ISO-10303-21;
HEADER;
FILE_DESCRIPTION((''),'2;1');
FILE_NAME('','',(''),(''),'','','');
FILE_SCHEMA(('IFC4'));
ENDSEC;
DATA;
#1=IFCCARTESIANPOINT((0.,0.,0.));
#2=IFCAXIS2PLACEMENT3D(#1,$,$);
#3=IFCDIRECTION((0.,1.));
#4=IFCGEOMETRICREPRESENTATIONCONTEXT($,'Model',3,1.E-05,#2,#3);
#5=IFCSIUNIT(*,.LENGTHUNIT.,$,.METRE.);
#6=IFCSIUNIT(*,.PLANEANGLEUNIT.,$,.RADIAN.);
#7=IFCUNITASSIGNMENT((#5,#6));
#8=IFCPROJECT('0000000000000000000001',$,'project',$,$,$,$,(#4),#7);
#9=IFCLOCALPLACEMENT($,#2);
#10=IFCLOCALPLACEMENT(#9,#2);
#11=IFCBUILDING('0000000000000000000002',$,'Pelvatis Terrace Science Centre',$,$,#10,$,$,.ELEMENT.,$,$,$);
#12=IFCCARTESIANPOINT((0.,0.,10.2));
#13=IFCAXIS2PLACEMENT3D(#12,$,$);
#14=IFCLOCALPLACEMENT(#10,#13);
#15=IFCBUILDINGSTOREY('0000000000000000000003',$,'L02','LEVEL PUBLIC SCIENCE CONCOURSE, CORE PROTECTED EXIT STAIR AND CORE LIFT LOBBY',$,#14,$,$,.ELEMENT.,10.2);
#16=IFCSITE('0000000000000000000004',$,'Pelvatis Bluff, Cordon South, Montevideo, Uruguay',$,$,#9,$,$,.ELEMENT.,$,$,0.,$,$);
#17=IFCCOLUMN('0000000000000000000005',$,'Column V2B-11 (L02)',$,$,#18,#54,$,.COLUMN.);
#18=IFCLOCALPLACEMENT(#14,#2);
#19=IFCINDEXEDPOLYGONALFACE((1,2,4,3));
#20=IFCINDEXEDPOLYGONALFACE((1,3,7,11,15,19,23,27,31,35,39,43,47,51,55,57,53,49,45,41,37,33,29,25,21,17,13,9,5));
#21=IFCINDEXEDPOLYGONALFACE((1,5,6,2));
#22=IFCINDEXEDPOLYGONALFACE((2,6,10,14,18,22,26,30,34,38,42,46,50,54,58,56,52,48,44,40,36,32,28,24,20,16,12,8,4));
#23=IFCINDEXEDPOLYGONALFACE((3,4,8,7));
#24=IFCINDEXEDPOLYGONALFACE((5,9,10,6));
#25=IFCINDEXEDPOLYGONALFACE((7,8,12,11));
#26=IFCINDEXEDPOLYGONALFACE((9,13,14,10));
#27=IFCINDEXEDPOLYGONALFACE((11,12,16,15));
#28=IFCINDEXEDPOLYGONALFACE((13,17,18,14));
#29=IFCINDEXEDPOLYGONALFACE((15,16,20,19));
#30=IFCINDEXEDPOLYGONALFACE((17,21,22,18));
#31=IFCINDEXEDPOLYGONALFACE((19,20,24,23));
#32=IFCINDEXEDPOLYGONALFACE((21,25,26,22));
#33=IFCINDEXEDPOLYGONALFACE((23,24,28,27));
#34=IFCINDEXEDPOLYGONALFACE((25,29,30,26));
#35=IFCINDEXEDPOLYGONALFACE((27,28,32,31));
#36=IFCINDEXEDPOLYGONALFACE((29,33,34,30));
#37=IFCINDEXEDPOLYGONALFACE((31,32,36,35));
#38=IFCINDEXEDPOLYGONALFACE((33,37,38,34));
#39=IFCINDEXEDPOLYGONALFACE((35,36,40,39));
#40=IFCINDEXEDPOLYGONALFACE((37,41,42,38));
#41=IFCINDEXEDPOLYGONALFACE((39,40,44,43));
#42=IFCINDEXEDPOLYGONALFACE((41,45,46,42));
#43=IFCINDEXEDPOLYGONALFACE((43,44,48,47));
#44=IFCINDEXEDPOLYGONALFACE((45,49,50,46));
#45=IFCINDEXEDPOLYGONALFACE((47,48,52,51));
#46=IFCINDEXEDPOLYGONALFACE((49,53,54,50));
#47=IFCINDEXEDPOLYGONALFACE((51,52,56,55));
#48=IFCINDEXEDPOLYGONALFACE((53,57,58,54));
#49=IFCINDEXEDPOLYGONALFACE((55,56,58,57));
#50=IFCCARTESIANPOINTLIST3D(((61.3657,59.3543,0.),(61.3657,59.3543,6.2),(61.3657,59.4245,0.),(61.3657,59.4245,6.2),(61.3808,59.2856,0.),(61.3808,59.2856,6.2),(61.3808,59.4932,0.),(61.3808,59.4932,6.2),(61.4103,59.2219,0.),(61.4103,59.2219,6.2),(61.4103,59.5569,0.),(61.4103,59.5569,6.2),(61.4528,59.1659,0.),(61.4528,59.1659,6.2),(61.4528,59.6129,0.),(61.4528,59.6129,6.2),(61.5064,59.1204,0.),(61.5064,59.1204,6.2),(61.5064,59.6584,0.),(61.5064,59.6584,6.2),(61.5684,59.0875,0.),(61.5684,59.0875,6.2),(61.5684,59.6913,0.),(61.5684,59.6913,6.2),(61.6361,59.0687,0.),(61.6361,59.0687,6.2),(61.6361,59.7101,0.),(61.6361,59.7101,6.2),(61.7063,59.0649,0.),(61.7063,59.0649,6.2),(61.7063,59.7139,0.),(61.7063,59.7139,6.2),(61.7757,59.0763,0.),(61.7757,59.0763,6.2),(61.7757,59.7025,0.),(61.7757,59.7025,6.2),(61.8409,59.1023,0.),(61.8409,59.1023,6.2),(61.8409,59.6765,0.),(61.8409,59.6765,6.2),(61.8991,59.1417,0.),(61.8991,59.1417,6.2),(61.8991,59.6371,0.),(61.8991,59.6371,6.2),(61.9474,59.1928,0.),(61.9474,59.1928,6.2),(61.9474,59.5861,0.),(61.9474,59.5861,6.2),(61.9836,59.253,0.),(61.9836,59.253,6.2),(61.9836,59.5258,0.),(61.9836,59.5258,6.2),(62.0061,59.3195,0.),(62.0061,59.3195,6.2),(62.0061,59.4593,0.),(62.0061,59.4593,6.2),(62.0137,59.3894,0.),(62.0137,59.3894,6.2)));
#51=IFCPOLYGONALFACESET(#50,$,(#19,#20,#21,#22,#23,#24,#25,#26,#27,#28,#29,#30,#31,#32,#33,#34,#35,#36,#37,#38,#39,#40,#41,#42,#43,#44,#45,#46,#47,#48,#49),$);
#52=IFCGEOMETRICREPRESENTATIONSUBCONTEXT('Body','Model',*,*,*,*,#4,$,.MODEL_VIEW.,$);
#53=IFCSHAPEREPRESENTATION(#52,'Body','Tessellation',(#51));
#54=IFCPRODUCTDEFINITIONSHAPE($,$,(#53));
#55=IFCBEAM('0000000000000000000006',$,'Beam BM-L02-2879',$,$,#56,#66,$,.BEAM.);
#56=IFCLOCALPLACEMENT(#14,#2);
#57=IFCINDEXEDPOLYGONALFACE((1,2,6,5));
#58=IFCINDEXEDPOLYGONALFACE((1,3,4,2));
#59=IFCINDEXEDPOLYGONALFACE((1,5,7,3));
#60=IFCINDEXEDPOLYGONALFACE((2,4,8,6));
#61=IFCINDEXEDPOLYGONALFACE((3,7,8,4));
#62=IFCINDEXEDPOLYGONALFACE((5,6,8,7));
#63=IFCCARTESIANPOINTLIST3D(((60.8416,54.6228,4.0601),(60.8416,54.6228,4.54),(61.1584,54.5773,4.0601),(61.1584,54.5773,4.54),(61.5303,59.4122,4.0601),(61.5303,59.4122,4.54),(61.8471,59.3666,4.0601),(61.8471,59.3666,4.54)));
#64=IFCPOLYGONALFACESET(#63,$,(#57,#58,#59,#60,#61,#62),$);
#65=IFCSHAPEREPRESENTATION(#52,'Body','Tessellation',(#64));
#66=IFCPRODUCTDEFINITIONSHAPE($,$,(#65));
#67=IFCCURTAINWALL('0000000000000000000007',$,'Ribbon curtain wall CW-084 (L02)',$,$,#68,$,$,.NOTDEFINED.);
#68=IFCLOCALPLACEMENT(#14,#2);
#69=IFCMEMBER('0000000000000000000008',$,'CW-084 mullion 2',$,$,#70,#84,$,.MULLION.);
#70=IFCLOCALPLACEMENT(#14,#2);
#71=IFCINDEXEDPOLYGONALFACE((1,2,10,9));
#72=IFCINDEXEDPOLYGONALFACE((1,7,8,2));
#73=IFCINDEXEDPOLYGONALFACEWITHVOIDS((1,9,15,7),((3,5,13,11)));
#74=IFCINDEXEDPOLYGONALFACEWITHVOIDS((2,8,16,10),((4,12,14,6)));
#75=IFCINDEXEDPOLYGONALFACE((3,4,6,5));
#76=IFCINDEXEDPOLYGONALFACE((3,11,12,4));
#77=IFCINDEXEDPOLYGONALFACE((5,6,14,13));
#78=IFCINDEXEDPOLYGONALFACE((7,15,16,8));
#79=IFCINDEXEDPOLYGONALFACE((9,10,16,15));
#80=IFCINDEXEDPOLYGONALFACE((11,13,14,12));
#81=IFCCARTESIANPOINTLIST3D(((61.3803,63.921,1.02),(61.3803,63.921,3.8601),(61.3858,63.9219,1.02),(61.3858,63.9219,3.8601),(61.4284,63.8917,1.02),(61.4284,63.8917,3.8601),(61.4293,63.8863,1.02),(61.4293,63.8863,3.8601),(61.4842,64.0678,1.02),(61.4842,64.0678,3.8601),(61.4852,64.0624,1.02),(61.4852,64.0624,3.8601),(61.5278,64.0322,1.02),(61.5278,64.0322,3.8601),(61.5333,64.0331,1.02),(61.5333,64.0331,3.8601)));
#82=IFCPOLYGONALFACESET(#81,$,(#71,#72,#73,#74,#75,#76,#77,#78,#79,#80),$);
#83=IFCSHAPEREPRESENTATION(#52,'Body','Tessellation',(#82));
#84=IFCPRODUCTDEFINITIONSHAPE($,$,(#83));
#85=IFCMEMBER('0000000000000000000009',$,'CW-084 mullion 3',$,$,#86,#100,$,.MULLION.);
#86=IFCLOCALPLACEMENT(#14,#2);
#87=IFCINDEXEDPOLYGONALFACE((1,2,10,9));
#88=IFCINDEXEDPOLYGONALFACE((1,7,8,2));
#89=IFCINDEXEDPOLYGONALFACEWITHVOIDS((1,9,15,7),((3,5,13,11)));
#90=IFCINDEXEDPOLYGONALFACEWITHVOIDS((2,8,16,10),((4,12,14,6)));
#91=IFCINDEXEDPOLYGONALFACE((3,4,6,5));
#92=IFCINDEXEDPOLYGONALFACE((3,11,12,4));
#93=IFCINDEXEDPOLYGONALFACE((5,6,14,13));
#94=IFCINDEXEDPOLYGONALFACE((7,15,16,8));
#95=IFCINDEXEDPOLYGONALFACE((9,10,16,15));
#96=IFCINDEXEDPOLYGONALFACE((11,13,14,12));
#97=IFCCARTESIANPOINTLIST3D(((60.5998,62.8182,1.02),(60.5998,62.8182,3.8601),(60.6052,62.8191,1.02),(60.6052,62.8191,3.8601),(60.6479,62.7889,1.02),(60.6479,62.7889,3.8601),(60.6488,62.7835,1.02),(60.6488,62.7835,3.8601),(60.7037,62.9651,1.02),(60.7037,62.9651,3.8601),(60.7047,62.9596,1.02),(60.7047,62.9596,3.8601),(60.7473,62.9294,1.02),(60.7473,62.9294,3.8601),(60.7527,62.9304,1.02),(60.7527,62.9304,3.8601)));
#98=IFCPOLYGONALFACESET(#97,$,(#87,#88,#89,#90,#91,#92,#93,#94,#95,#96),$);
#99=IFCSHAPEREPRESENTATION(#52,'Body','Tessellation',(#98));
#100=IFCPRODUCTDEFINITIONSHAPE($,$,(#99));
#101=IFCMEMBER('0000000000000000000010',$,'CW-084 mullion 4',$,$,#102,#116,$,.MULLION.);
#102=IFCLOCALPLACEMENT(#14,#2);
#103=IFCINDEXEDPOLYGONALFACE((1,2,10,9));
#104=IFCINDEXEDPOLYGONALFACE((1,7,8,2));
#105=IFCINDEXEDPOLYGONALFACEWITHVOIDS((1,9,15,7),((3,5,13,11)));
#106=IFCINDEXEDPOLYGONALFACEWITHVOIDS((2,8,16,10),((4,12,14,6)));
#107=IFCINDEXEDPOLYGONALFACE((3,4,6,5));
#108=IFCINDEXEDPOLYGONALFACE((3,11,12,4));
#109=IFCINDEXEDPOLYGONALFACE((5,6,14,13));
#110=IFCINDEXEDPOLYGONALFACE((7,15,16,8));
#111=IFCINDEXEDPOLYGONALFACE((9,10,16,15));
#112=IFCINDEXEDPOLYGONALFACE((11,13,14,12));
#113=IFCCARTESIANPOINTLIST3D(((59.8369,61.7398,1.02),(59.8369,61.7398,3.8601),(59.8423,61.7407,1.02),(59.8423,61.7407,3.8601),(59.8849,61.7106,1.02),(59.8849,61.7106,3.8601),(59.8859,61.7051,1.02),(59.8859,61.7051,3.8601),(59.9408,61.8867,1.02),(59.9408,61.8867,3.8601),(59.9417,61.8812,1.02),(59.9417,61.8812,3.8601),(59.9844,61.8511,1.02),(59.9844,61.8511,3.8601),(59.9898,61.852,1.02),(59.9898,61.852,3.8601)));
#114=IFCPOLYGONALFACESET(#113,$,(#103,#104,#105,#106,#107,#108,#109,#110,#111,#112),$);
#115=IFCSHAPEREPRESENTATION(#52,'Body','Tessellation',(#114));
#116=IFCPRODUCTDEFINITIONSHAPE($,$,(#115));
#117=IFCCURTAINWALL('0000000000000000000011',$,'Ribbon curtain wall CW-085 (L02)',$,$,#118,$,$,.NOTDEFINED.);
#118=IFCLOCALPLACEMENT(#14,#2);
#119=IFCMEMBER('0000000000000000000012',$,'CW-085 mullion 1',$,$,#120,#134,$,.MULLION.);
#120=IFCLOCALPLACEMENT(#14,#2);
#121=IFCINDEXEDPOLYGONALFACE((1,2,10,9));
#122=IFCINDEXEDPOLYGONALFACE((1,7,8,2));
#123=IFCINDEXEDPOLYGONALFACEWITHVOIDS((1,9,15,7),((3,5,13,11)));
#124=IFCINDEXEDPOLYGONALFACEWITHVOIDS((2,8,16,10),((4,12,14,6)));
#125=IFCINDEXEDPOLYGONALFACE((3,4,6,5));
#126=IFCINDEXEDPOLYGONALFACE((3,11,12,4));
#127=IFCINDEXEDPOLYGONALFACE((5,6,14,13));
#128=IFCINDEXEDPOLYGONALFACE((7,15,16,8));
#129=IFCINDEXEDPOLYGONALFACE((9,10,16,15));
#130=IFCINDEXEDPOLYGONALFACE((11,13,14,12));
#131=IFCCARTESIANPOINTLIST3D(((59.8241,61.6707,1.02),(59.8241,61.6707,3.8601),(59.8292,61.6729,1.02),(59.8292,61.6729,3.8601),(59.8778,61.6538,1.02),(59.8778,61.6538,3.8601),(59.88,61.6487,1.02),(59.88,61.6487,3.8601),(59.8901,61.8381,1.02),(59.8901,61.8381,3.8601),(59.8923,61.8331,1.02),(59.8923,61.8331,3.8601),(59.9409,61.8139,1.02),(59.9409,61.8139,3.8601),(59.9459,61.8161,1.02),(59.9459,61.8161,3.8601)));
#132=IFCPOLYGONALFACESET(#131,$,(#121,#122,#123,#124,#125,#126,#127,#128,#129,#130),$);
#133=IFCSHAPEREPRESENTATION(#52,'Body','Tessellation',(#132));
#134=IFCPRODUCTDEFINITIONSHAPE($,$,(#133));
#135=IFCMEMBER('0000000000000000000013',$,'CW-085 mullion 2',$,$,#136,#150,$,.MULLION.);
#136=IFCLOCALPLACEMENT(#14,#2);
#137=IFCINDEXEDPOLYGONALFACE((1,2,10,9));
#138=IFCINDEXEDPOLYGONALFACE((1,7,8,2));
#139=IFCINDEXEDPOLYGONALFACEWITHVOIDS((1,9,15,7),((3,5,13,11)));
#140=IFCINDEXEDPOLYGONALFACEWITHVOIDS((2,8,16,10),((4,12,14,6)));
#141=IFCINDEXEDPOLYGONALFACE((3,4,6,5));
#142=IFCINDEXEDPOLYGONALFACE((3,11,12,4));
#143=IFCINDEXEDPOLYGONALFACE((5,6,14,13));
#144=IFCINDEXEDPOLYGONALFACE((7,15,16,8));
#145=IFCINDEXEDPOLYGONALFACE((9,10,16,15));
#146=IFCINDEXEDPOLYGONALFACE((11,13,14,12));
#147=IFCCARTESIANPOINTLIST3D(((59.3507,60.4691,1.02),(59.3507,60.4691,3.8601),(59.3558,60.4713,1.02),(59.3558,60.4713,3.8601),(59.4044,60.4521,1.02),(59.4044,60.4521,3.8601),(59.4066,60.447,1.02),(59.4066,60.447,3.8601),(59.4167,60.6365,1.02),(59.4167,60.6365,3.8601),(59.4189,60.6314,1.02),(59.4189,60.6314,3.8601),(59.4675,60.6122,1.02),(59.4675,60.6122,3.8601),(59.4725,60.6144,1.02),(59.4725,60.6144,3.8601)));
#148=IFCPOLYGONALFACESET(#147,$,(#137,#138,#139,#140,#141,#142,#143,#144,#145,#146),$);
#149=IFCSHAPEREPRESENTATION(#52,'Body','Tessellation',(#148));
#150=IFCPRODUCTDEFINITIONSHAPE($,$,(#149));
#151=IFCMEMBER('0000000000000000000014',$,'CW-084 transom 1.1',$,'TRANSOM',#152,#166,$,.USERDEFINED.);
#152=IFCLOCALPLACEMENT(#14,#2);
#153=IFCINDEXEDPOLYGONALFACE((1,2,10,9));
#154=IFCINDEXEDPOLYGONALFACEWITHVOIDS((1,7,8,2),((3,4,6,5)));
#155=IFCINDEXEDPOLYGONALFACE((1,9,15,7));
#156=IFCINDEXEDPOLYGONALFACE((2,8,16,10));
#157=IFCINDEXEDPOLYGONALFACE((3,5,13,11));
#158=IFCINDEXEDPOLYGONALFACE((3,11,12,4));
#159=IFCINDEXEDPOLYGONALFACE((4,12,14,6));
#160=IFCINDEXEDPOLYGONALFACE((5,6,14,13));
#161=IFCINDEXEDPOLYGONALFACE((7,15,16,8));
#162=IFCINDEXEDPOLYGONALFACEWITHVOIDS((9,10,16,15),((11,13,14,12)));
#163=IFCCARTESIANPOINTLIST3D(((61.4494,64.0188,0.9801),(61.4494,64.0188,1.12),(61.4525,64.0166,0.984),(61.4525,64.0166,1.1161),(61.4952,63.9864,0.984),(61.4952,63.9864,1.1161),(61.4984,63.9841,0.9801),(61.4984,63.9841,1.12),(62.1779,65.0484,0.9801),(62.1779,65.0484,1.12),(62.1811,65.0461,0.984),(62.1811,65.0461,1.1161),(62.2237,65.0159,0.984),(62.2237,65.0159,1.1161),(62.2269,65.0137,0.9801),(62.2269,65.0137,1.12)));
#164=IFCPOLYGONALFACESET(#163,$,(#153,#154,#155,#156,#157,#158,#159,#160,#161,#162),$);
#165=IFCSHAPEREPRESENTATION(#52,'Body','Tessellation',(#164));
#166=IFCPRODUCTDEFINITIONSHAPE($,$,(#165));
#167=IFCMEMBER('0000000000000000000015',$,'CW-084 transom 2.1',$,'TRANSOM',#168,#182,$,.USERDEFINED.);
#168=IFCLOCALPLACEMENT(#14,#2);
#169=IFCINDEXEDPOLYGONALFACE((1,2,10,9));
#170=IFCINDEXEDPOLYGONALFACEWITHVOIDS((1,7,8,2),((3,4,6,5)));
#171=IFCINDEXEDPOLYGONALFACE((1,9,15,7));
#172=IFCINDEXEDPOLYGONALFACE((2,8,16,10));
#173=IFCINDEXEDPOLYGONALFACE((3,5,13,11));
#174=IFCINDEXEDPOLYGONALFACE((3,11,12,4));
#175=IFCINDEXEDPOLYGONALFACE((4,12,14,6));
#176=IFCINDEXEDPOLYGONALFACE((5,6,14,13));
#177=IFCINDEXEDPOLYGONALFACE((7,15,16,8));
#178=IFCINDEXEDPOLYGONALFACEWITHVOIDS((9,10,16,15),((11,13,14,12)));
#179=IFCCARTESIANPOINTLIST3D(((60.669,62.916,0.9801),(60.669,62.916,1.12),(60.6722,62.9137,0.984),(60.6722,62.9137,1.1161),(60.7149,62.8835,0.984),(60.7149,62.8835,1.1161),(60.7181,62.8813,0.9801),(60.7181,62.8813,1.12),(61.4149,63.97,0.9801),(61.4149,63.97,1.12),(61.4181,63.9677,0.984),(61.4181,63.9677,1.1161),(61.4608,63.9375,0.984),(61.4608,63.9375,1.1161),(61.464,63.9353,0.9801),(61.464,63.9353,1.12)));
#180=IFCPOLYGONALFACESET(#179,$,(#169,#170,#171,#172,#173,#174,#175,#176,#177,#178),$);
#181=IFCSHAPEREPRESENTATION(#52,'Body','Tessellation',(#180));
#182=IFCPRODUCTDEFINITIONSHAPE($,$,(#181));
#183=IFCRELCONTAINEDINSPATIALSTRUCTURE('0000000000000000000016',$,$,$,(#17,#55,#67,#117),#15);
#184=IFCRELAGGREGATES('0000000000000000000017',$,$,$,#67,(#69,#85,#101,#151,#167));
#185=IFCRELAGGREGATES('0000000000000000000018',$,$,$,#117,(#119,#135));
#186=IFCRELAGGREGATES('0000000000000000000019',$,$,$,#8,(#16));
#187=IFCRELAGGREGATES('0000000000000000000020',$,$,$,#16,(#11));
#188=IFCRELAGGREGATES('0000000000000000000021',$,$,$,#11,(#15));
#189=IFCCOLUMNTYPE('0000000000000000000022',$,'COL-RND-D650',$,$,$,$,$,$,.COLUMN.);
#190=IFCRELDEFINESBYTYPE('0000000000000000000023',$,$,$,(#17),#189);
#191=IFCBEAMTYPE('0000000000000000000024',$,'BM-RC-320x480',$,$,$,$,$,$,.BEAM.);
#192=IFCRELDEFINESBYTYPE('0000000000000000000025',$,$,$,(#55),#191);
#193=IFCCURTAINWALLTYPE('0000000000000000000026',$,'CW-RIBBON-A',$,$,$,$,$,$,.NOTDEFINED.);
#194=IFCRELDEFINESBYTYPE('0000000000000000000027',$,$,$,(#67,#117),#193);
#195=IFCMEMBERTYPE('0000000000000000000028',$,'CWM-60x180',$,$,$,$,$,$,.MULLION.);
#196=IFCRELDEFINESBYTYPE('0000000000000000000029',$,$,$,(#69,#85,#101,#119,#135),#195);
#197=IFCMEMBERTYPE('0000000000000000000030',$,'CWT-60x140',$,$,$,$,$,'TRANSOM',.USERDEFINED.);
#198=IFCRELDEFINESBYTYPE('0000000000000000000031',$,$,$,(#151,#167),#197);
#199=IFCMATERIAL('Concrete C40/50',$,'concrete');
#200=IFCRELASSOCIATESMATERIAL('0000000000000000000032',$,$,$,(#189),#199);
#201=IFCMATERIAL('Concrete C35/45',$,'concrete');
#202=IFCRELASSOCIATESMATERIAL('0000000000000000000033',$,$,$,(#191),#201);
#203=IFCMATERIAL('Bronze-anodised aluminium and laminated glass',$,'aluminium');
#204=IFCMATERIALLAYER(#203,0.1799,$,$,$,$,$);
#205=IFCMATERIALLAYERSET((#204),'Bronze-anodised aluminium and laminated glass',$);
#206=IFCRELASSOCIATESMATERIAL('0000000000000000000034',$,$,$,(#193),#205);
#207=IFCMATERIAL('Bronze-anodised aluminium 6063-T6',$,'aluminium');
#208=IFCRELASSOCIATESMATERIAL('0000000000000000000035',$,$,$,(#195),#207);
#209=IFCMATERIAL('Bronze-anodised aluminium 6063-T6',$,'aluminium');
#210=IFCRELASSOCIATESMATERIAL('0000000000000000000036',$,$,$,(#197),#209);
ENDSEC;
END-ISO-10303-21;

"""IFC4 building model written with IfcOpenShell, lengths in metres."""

from ifc_helpers import new_model, si_unit, direction, frame, origin, origin_2d, place, context, subcontext, project, spatial, rectangle, hollow_rectangle, circle, extrude, material, layer, layer_set, material_profile, profile_set, type_object, element, aggregate, save


model = new_model("IFC4")

# Units and contexts
model_context = context("Model", 3, precision=1e-05, world=origin(), true_north=direction((0.0, 1.0)))
body_context = subcontext(model_context, "Body", "Model", "MODEL_VIEW")
ifc_project = project(units=[si_unit("LENGTHUNIT", "METRE"), si_unit("PLANEANGLEUNIT", "RADIAN")], contexts=[model_context])

# Site, building, storey
site_placement = place(None, origin())
site = spatial("IfcSite", under=ifc_project, at=site_placement, Name="Pelvatis Bluff, Cordon South, Montevideo, Uruguay", CompositionType="ELEMENT", RefElevation=0.0)
building_placement = place(site_placement, origin())
building = spatial("IfcBuilding", under=site, at=building_placement, Name="Pelvatis Terrace Science Centre", CompositionType="ELEMENT")
storey_placement = place(building_placement, frame((0.0, 0.0, 10.2)))
storey = spatial("IfcBuildingStorey", under=building, at=storey_placement, Name="L02", Description="LEVEL PUBLIC SCIENCE CONCOURSE, CORE PROTECTED EXIT STAIR AND CORE LIFT LOBBY", CompositionType="ELEMENT", Elevation=10.2)

# Column
ifc_material_1 = material(Name="Concrete C40/50", Category="concrete")
ifc_material_profile_1 = material_profile(ifc_material_1, circle(Radius=0.325, at=origin_2d()), Name="RC-RCOL D650")
ifc_profile_set_1 = profile_set([ifc_material_profile_1], Name="Concrete C40/50")
column_type = type_object("IfcColumnType", Name="COL-RND-D650", PredefinedType="COLUMN", material=ifc_profile_set_1)
column_placement = place(storey_placement, frame((61.6887, 59.3894, 0.0), z_axis=(0.0, 0.0, 1.0), x_axis=(1.0, 0.0, 0.0)))
element("IfcColumn", 1, at=column_placement, inside=storey, type_object=column_type, Name="Column V2B-11 (L02)", PredefinedType="COLUMN", context=body_context, shape_type="SweptSolid", body=[
    extrude(circle(Radius=0.325, at=origin_2d()), origin(), (0.0, 0.0, 1.0), 6.2),
])

# Beam
ifc_material_2 = material(Name="Concrete C35/45", Category="concrete")
ifc_material_profile_2 = material_profile(ifc_material_2, rectangle(XDim=0.3201, YDim=0.48, at=origin_2d()), Name="RC-BM 320x480")
ifc_profile_set_2 = profile_set([ifc_material_profile_2], Name="Concrete C35/45")
beam_type = type_object("IfcBeamType", Name="BM-RC-320x480", PredefinedType="BEAM", material=ifc_profile_set_2)
beam_placement = place(storey_placement, frame((61.6887, 59.3894, 4.3), z_axis=(-0.14234, -0.989818, 0.0), x_axis=(0.989818, -0.14234, 0.0)))
element("IfcBeam", 2, at=beam_placement, inside=storey, type_object=beam_type, Name="Beam BM-L02-2879", PredefinedType="BEAM", context=body_context, shape_type="SweptSolid", body=[
    extrude(rectangle(XDim=0.3201, YDim=0.48, at=origin_2d()), origin(), (0.0, 0.0, 1.0), 4.8386),
])

# Curtain walls, members
ifc_material_3 = material(Name="Bronze-anodised aluminium and laminated glass", Category="aluminium")
ifc_layer_1 = layer(ifc_material_3, 0.1799)
ifc_layer_set_1 = layer_set([ifc_layer_1], Name="Bronze-anodised aluminium and laminated glass")
curtain_wall_type = type_object("IfcCurtainWallType", Name="CW-RIBBON-A", PredefinedType="NOTDEFINED", material=ifc_layer_set_1)
curtain_wall_1_placement = place(storey_placement, origin())
curtain_wall_1 = element("IfcCurtainWall", 3, at=curtain_wall_1_placement, inside=storey, type_object=curtain_wall_type, Name="Ribbon curtain wall CW-084 (L02)", PredefinedType="NOTDEFINED")
ifc_material_4 = material(Name="Bronze-anodised aluminium 6063-T6", Category="aluminium")
ifc_material_profile_3 = material_profile(ifc_material_4, hollow_rectangle(XDim=0.0601, YDim=0.1799, WallThickness=0.0039, at=origin_2d()), Name="ALU-MUL 60x180")
ifc_profile_set_3 = profile_set([ifc_material_profile_3], Name="Bronze-anodised aluminium 6063-T6")
member_type_1 = type_object("IfcMemberType", Name="CWM-60x180", PredefinedType="MULLION", material=ifc_profile_set_3)
member_1_placement = place(storey_placement, frame((61.4568, 63.9771, 1.02), z_axis=(0.0, 0.0, 1.0), x_axis=(0.816326, -0.577591, 0.0)))
member_1 = element("IfcMember", 4, at=member_1_placement, type_object=member_type_1, Name="CW-084 mullion 2", PredefinedType="MULLION", context=body_context, shape_type="SweptSolid", body=[
    extrude(hollow_rectangle(XDim=0.0601, YDim=0.1799, WallThickness=0.0039, at=origin_2d()), origin(), (0.0, 0.0, 1.0), 2.8401),
])
member_2_placement = place(storey_placement, frame((60.6763, 62.8743, 1.02), z_axis=(0.0, 0.0, 1.0), x_axis=(0.816326, -0.577591, 0.0)))
member_2 = element("IfcMember", 5, at=member_2_placement, type_object=member_type_1, Name="CW-084 mullion 3", PredefinedType="MULLION", context=body_context, shape_type="SweptSolid", body=[
    extrude(hollow_rectangle(XDim=0.0601, YDim=0.1799, WallThickness=0.0039, at=origin_2d()), origin(), (0.0, 0.0, 1.0), 2.8401),
])
member_3_placement = place(storey_placement, frame((59.9133, 61.7959, 1.02), z_axis=(0.0, 0.0, 1.0), x_axis=(0.816326, -0.577591, 0.0)))
member_3 = element("IfcMember", 6, at=member_3_placement, type_object=member_type_1, Name="CW-084 mullion 4", PredefinedType="MULLION", context=body_context, shape_type="SweptSolid", body=[
    extrude(hollow_rectangle(XDim=0.0601, YDim=0.1799, WallThickness=0.0039, at=origin_2d()), origin(), (0.0, 0.0, 1.0), 2.8401),
])
curtain_wall_2_placement = place(storey_placement, origin())
curtain_wall_2 = element("IfcCurtainWall", 7, at=curtain_wall_2_placement, inside=storey, type_object=curtain_wall_type, Name="Ribbon curtain wall CW-085 (L02)", PredefinedType="NOTDEFINED")
member_4_placement = place(storey_placement, frame((59.885, 61.7434, 1.02), z_axis=(0.0, 0.0, 1.0), x_axis=(0.93038, -0.366597, 0.0)))
member_4 = element("IfcMember", 8, at=member_4_placement, type_object=member_type_1, Name="CW-085 mullion 1", PredefinedType="MULLION", context=body_context, shape_type="SweptSolid", body=[
    extrude(hollow_rectangle(XDim=0.0601, YDim=0.1799, WallThickness=0.0039, at=origin_2d()), origin(), (0.0, 0.0, 1.0), 2.8401),
])
member_5_placement = place(storey_placement, frame((59.4116, 60.5417, 1.02), z_axis=(0.0, 0.0, 1.0), x_axis=(0.93038, -0.366597, 0.0)))
member_5 = element("IfcMember", 9, at=member_5_placement, type_object=member_type_1, Name="CW-085 mullion 2", PredefinedType="MULLION", context=body_context, shape_type="SweptSolid", body=[
    extrude(hollow_rectangle(XDim=0.0601, YDim=0.1799, WallThickness=0.0039, at=origin_2d()), origin(), (0.0, 0.0, 1.0), 2.8401),
])

# Members
ifc_material_5 = material(Name="Bronze-anodised aluminium 6063-T6", Category="aluminium")
ifc_material_profile_4 = material_profile(ifc_material_5, hollow_rectangle(XDim=0.0601, YDim=0.1399, WallThickness=0.0039, at=origin_2d()), Name="ALU-TRN 60x140")
ifc_profile_set_4 = profile_set([ifc_material_profile_4], Name="Bronze-anodised aluminium 6063-T6")
member_type_2 = type_object("IfcMemberType", Name="CWT-60x140", ElementType="TRANSOM", PredefinedType="USERDEFINED", material=ifc_profile_set_4)
member_6_placement = place(storey_placement, frame((62.2024, 65.031, 1.05), z_axis=(-0.577625, -0.816302, 0.0), x_axis=(0.816302, -0.577625, 0.0)))
member_6 = element("IfcMember", 10, at=member_6_placement, type_object=member_type_2, Name="CW-084 transom 1.1", ObjectType="TRANSOM", PredefinedType="USERDEFINED", context=body_context, shape_type="SweptSolid", body=[
    extrude(hollow_rectangle(XDim=0.0601, YDim=0.1399, WallThickness=0.0039, at=origin_2d()), origin(), (0.0, 0.0, 1.0), 1.2612),
])
member_7_placement = place(storey_placement, frame((61.4395, 63.9526, 1.05), z_axis=(-0.577655, -0.816281, 0.0), x_axis=(0.816281, -0.577655, 0.0)))
member_7 = element("IfcMember", 11, at=member_7_placement, type_object=member_type_2, Name="CW-084 transom 2.1", ObjectType="TRANSOM", PredefinedType="USERDEFINED", context=body_context, shape_type="SweptSolid", body=[
    extrude(hollow_rectangle(XDim=0.0601, YDim=0.1399, WallThickness=0.0039, at=origin_2d()), origin(), (0.0, 0.0, 1.0), 1.2913),
])

aggregate(curtain_wall_1, [member_1, member_2, member_3, member_6, member_7])
aggregate(curtain_wall_2, [member_4, member_5])

save(model, "model.ifc")
